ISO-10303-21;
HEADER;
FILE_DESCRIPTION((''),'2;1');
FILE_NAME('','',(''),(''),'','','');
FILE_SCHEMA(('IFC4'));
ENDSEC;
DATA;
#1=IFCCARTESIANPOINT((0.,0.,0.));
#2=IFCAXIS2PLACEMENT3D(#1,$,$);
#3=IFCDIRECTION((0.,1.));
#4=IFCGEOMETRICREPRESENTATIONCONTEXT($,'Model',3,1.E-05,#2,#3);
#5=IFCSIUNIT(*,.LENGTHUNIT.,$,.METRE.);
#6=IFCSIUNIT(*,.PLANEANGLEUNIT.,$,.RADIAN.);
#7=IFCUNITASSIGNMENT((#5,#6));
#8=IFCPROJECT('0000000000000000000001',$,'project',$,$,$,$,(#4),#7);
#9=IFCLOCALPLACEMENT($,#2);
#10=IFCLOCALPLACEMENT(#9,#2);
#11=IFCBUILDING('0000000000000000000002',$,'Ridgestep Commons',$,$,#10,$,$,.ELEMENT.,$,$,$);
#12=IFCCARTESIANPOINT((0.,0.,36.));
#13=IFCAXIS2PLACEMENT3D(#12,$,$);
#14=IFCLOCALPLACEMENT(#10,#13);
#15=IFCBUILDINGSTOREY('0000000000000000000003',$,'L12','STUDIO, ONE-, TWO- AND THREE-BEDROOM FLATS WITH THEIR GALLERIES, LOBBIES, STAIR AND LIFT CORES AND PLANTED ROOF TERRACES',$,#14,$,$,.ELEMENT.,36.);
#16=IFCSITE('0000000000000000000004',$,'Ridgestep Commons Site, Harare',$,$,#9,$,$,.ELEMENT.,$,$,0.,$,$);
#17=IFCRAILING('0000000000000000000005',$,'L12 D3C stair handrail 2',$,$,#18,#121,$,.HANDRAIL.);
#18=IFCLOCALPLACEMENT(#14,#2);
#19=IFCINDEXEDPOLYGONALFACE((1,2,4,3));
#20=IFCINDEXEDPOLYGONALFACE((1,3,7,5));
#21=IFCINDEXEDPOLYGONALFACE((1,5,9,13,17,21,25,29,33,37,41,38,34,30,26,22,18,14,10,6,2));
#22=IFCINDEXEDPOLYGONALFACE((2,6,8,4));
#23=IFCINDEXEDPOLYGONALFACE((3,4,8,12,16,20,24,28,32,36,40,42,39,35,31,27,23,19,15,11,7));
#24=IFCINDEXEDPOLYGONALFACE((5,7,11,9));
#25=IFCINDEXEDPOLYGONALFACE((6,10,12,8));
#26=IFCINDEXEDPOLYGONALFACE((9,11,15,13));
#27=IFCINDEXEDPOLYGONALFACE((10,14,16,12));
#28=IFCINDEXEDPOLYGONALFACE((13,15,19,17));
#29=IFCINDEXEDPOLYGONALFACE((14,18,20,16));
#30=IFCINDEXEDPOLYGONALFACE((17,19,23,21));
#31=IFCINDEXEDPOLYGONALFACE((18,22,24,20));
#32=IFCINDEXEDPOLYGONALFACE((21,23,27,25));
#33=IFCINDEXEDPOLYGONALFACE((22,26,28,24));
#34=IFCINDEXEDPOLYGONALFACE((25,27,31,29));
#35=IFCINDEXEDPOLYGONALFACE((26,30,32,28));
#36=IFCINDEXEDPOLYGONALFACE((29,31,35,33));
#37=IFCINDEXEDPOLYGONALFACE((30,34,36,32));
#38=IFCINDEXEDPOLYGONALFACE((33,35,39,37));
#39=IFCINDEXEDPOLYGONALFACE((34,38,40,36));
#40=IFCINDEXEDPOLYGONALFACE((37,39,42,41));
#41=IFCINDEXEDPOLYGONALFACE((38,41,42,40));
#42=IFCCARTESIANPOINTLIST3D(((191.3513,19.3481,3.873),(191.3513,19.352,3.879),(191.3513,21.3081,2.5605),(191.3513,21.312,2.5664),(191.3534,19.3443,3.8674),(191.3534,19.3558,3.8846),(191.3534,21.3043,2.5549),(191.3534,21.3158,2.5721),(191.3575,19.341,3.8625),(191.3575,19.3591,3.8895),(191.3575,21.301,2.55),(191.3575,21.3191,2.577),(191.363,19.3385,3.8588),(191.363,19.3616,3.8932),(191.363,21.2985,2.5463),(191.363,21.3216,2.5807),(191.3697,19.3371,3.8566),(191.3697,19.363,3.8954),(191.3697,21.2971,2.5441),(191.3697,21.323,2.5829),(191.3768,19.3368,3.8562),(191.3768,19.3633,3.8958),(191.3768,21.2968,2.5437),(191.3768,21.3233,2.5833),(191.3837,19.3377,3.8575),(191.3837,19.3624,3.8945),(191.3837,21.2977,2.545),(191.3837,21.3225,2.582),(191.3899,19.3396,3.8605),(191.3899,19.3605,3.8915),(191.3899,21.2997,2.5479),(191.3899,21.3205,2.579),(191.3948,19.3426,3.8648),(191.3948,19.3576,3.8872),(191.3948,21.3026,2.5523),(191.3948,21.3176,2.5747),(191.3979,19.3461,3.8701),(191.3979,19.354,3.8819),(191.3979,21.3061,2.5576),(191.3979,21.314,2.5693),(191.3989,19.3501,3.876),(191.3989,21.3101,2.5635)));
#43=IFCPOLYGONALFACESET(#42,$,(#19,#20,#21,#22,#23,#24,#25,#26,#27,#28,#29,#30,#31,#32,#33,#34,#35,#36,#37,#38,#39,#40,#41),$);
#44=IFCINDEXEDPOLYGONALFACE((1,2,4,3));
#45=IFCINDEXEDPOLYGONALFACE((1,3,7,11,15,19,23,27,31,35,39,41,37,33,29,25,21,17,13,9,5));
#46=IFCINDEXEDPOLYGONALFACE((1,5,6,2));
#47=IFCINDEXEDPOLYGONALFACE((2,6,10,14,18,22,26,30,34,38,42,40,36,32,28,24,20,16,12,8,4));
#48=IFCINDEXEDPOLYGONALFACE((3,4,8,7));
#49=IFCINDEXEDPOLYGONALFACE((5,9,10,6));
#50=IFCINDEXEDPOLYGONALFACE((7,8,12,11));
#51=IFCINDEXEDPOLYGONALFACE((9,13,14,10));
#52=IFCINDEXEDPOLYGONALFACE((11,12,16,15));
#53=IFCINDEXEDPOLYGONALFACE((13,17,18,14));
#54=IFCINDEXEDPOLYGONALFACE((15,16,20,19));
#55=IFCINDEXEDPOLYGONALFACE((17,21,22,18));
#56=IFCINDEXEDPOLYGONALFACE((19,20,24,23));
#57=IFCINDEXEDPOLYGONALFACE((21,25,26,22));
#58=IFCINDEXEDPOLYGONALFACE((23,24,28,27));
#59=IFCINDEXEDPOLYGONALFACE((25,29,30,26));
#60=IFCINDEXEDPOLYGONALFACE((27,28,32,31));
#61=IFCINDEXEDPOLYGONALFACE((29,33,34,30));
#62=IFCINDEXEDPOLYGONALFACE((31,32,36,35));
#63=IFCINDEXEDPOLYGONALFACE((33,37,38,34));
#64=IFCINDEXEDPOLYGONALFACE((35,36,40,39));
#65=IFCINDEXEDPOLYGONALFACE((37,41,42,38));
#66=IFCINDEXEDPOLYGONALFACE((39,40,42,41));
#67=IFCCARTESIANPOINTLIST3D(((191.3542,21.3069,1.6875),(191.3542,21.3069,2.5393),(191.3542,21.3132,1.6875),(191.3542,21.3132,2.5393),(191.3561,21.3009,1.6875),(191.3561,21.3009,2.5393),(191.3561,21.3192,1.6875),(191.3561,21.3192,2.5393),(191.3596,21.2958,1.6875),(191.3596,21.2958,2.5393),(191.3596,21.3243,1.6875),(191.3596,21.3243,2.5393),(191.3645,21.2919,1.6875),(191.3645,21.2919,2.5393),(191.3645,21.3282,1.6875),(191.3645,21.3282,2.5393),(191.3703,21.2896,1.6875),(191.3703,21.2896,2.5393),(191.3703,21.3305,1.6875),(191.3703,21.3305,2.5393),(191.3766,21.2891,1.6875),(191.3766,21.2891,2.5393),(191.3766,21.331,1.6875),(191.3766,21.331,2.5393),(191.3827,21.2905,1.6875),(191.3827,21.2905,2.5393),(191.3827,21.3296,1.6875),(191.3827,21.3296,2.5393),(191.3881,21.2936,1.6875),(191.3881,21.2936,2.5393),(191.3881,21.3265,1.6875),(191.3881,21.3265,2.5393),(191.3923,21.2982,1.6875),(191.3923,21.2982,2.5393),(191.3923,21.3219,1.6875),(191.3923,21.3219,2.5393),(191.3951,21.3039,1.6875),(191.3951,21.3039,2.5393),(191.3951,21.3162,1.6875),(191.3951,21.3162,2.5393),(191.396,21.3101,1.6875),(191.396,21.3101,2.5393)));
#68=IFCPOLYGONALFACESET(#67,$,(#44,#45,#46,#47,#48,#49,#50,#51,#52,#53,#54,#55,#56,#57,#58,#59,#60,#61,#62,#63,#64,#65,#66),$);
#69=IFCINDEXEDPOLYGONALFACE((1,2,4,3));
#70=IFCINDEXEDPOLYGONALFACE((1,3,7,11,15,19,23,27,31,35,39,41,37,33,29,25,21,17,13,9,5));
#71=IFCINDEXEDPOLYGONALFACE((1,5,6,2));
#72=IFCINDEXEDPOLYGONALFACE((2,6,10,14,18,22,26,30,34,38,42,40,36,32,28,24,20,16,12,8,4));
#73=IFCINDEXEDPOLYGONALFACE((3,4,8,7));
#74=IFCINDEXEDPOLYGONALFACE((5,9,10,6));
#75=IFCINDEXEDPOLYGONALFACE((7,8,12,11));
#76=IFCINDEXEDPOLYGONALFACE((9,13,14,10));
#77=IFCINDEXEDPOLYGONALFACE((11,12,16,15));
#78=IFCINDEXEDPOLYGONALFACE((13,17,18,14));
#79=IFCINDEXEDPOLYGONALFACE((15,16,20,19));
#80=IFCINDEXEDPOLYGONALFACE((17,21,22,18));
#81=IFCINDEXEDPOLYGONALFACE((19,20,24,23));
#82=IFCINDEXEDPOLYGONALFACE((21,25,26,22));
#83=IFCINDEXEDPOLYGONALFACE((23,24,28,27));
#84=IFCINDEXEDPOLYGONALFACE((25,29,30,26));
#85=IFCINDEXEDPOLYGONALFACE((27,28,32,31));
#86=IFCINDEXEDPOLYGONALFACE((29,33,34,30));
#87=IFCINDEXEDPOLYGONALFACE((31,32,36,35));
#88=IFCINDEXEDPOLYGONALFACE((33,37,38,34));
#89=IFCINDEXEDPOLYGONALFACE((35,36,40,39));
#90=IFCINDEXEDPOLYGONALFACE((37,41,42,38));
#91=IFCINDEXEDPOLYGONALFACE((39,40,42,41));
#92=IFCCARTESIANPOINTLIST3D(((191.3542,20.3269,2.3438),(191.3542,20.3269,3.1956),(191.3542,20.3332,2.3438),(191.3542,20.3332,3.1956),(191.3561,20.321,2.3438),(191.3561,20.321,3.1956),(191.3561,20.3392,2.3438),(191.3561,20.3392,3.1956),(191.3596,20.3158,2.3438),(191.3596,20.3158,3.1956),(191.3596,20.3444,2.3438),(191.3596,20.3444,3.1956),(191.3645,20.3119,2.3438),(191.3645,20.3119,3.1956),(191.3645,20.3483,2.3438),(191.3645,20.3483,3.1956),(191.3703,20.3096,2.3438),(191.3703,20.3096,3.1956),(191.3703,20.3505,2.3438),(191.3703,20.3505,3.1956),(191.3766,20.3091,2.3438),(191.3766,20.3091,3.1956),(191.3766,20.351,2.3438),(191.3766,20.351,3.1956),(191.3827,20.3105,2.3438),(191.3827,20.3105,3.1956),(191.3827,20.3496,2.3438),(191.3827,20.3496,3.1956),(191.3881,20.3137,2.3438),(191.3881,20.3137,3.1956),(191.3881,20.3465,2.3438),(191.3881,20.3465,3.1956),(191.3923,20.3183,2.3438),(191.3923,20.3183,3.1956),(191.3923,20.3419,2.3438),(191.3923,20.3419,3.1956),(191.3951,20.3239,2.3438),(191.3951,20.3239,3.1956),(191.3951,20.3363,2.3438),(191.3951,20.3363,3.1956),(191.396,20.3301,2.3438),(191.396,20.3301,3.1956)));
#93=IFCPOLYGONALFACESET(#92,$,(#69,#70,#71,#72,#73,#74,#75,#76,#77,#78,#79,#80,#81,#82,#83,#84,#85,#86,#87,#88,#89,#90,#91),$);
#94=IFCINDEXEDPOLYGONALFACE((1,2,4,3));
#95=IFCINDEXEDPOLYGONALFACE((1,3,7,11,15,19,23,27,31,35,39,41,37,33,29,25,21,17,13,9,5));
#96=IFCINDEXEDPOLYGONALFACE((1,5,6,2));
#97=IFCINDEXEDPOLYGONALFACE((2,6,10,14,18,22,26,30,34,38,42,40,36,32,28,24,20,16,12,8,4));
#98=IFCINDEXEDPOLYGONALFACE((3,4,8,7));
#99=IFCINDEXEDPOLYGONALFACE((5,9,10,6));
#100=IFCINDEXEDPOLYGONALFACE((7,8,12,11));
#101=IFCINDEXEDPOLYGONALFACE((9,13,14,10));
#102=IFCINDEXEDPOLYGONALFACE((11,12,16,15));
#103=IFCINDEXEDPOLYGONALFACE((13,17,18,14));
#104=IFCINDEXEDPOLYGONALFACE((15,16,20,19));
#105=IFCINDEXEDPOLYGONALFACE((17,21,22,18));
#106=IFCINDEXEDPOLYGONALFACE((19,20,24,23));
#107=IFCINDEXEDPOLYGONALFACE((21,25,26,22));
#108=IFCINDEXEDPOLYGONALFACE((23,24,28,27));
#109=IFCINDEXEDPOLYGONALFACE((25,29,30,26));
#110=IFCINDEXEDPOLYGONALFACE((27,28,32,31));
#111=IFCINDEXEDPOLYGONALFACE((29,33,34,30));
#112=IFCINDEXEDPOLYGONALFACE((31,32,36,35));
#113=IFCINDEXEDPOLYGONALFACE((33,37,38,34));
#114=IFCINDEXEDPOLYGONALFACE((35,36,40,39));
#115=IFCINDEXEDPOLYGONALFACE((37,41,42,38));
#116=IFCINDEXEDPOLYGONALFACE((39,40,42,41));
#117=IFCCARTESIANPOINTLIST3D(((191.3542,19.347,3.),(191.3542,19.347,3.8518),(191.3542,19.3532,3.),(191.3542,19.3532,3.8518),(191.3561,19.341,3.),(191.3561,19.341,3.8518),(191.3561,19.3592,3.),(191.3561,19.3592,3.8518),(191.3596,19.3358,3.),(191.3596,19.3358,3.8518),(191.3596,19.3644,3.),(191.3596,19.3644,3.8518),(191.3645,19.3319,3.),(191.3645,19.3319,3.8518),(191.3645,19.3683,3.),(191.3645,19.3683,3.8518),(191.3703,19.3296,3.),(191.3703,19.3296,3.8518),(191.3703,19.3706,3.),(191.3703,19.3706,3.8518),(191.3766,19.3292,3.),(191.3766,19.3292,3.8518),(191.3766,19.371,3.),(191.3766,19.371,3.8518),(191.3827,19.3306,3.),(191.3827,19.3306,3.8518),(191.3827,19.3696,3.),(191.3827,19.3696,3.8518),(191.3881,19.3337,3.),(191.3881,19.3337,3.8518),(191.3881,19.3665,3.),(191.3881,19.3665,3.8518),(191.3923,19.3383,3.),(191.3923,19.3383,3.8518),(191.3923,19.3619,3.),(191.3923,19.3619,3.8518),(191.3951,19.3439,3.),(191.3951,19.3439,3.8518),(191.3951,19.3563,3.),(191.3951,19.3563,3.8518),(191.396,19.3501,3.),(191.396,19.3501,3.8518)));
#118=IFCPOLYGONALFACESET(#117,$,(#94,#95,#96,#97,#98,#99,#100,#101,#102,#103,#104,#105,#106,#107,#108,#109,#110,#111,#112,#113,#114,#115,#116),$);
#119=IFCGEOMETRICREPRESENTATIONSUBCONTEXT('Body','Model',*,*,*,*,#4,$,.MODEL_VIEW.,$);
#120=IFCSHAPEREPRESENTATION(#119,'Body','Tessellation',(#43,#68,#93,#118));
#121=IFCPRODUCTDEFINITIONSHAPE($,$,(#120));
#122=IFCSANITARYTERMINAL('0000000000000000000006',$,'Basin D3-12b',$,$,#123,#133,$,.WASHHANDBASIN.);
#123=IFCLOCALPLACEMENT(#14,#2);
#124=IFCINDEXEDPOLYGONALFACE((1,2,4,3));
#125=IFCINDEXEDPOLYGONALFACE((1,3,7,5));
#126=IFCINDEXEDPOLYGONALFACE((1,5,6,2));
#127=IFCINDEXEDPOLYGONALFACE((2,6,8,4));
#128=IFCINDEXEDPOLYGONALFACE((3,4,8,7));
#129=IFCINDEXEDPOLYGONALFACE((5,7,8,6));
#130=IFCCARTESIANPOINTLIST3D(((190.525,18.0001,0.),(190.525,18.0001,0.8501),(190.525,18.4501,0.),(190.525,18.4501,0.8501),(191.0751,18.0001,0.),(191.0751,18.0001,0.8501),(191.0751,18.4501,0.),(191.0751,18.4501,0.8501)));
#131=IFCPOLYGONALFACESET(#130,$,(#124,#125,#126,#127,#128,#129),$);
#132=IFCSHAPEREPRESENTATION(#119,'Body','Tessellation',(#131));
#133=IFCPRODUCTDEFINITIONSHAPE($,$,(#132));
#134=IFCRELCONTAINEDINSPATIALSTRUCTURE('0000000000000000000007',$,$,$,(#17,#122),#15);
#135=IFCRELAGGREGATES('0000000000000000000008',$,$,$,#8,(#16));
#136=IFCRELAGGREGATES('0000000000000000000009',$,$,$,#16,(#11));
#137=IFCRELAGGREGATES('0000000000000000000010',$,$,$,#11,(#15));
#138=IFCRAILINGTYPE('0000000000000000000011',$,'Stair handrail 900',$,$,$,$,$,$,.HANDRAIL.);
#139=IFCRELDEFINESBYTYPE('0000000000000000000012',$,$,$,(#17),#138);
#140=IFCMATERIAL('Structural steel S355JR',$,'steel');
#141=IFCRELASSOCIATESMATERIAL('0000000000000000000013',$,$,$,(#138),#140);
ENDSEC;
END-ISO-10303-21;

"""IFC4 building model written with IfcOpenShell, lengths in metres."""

from ifc_helpers import new_model, si_unit, direction, frame, origin, origin_2d, place, context, subcontext, project, spatial, rectangle, circle, extrude, material, type_object, element, save


model = new_model("IFC4")

# Units and contexts
model_context = context("Model", 3, precision=1e-05, world=origin(), true_north=direction((0.0, 1.0)))
body_context = subcontext(model_context, "Body", "Model", "MODEL_VIEW")
ifc_project = project(units=[si_unit("LENGTHUNIT", "METRE"), si_unit("PLANEANGLEUNIT", "RADIAN")], contexts=[model_context])

# Site, building, storey
site_placement = place(None, origin())
site = spatial("IfcSite", under=ifc_project, at=site_placement, Name="Ridgestep Commons Site, Harare", CompositionType="ELEMENT", RefElevation=0.0)
building_placement = place(site_placement, origin())
building = spatial("IfcBuilding", under=site, at=building_placement, Name="Ridgestep Commons", CompositionType="ELEMENT")
storey_placement = place(building_placement, frame((0.0, 0.0, 36.0)))
storey = spatial("IfcBuildingStorey", under=building, at=storey_placement, Name="L12", Description="STUDIO, ONE-, TWO- AND THREE-BEDROOM FLATS WITH THEIR GALLERIES, LOBBIES, STAIR AND LIFT CORES AND PLANTED ROOF TERRACES", CompositionType="ELEMENT", Elevation=36.0)

# Railing
ifc_material_1 = material(Name="Structural steel S355JR", Category="steel")
railing_type_1 = type_object("IfcRailingType", Name="Stair handrail 900", PredefinedType="HANDRAIL", material=ifc_material_1)
railing_1_placement = place(storey_placement, frame((191.375, 21.3101, 1.6875)))
element("IfcRailing", 1, at=railing_1_placement, inside=storey, type_object=railing_type_1, Name="L12 D3C stair handrail 2", PredefinedType="HANDRAIL", context=body_context, shape_type="SweptSolid", body=[
    extrude(circle(Radius=0.0239, at=origin_2d()), frame((0.0, 0.0, 0.876), z_axis=(0.0, -0.830902, 0.556419), x_axis=(1.0, 0.0, 0.0)), (0.0, 0.0, 1.0), 2.3589),
    extrude(circle(Radius=0.021, at=origin_2d()), origin(), (0.0, 0.0, 1.0), 0.8518),
    extrude(circle(Radius=0.021, at=origin_2d()), frame((0.0, -0.98, 0.6562)), (0.0, 0.0, 1.0), 0.8518),
    extrude(circle(Radius=0.021, at=origin_2d()), frame((0.0, -1.96, 1.3125)), (0.0, 0.0, 1.0), 0.8518),
])

# Sanitary terminal
sanitary_terminal_placement = place(storey_placement, frame((190.8, 18.2251, 0.0), z_axis=(0.0, 0.0, 1.0), x_axis=(1.0, 0.0, 0.0)))
element("IfcSanitaryTerminal", 2, at=sanitary_terminal_placement, inside=storey, Name="Basin D3-12b", PredefinedType="WASHHANDBASIN", context=body_context, shape_type="SweptSolid", body=[
    extrude(rectangle(XDim=0.55, YDim=0.45, at=origin_2d()), origin(), (0.0, 0.0, 1.0), 0.8501),
])

save(model, "model.ifc")
